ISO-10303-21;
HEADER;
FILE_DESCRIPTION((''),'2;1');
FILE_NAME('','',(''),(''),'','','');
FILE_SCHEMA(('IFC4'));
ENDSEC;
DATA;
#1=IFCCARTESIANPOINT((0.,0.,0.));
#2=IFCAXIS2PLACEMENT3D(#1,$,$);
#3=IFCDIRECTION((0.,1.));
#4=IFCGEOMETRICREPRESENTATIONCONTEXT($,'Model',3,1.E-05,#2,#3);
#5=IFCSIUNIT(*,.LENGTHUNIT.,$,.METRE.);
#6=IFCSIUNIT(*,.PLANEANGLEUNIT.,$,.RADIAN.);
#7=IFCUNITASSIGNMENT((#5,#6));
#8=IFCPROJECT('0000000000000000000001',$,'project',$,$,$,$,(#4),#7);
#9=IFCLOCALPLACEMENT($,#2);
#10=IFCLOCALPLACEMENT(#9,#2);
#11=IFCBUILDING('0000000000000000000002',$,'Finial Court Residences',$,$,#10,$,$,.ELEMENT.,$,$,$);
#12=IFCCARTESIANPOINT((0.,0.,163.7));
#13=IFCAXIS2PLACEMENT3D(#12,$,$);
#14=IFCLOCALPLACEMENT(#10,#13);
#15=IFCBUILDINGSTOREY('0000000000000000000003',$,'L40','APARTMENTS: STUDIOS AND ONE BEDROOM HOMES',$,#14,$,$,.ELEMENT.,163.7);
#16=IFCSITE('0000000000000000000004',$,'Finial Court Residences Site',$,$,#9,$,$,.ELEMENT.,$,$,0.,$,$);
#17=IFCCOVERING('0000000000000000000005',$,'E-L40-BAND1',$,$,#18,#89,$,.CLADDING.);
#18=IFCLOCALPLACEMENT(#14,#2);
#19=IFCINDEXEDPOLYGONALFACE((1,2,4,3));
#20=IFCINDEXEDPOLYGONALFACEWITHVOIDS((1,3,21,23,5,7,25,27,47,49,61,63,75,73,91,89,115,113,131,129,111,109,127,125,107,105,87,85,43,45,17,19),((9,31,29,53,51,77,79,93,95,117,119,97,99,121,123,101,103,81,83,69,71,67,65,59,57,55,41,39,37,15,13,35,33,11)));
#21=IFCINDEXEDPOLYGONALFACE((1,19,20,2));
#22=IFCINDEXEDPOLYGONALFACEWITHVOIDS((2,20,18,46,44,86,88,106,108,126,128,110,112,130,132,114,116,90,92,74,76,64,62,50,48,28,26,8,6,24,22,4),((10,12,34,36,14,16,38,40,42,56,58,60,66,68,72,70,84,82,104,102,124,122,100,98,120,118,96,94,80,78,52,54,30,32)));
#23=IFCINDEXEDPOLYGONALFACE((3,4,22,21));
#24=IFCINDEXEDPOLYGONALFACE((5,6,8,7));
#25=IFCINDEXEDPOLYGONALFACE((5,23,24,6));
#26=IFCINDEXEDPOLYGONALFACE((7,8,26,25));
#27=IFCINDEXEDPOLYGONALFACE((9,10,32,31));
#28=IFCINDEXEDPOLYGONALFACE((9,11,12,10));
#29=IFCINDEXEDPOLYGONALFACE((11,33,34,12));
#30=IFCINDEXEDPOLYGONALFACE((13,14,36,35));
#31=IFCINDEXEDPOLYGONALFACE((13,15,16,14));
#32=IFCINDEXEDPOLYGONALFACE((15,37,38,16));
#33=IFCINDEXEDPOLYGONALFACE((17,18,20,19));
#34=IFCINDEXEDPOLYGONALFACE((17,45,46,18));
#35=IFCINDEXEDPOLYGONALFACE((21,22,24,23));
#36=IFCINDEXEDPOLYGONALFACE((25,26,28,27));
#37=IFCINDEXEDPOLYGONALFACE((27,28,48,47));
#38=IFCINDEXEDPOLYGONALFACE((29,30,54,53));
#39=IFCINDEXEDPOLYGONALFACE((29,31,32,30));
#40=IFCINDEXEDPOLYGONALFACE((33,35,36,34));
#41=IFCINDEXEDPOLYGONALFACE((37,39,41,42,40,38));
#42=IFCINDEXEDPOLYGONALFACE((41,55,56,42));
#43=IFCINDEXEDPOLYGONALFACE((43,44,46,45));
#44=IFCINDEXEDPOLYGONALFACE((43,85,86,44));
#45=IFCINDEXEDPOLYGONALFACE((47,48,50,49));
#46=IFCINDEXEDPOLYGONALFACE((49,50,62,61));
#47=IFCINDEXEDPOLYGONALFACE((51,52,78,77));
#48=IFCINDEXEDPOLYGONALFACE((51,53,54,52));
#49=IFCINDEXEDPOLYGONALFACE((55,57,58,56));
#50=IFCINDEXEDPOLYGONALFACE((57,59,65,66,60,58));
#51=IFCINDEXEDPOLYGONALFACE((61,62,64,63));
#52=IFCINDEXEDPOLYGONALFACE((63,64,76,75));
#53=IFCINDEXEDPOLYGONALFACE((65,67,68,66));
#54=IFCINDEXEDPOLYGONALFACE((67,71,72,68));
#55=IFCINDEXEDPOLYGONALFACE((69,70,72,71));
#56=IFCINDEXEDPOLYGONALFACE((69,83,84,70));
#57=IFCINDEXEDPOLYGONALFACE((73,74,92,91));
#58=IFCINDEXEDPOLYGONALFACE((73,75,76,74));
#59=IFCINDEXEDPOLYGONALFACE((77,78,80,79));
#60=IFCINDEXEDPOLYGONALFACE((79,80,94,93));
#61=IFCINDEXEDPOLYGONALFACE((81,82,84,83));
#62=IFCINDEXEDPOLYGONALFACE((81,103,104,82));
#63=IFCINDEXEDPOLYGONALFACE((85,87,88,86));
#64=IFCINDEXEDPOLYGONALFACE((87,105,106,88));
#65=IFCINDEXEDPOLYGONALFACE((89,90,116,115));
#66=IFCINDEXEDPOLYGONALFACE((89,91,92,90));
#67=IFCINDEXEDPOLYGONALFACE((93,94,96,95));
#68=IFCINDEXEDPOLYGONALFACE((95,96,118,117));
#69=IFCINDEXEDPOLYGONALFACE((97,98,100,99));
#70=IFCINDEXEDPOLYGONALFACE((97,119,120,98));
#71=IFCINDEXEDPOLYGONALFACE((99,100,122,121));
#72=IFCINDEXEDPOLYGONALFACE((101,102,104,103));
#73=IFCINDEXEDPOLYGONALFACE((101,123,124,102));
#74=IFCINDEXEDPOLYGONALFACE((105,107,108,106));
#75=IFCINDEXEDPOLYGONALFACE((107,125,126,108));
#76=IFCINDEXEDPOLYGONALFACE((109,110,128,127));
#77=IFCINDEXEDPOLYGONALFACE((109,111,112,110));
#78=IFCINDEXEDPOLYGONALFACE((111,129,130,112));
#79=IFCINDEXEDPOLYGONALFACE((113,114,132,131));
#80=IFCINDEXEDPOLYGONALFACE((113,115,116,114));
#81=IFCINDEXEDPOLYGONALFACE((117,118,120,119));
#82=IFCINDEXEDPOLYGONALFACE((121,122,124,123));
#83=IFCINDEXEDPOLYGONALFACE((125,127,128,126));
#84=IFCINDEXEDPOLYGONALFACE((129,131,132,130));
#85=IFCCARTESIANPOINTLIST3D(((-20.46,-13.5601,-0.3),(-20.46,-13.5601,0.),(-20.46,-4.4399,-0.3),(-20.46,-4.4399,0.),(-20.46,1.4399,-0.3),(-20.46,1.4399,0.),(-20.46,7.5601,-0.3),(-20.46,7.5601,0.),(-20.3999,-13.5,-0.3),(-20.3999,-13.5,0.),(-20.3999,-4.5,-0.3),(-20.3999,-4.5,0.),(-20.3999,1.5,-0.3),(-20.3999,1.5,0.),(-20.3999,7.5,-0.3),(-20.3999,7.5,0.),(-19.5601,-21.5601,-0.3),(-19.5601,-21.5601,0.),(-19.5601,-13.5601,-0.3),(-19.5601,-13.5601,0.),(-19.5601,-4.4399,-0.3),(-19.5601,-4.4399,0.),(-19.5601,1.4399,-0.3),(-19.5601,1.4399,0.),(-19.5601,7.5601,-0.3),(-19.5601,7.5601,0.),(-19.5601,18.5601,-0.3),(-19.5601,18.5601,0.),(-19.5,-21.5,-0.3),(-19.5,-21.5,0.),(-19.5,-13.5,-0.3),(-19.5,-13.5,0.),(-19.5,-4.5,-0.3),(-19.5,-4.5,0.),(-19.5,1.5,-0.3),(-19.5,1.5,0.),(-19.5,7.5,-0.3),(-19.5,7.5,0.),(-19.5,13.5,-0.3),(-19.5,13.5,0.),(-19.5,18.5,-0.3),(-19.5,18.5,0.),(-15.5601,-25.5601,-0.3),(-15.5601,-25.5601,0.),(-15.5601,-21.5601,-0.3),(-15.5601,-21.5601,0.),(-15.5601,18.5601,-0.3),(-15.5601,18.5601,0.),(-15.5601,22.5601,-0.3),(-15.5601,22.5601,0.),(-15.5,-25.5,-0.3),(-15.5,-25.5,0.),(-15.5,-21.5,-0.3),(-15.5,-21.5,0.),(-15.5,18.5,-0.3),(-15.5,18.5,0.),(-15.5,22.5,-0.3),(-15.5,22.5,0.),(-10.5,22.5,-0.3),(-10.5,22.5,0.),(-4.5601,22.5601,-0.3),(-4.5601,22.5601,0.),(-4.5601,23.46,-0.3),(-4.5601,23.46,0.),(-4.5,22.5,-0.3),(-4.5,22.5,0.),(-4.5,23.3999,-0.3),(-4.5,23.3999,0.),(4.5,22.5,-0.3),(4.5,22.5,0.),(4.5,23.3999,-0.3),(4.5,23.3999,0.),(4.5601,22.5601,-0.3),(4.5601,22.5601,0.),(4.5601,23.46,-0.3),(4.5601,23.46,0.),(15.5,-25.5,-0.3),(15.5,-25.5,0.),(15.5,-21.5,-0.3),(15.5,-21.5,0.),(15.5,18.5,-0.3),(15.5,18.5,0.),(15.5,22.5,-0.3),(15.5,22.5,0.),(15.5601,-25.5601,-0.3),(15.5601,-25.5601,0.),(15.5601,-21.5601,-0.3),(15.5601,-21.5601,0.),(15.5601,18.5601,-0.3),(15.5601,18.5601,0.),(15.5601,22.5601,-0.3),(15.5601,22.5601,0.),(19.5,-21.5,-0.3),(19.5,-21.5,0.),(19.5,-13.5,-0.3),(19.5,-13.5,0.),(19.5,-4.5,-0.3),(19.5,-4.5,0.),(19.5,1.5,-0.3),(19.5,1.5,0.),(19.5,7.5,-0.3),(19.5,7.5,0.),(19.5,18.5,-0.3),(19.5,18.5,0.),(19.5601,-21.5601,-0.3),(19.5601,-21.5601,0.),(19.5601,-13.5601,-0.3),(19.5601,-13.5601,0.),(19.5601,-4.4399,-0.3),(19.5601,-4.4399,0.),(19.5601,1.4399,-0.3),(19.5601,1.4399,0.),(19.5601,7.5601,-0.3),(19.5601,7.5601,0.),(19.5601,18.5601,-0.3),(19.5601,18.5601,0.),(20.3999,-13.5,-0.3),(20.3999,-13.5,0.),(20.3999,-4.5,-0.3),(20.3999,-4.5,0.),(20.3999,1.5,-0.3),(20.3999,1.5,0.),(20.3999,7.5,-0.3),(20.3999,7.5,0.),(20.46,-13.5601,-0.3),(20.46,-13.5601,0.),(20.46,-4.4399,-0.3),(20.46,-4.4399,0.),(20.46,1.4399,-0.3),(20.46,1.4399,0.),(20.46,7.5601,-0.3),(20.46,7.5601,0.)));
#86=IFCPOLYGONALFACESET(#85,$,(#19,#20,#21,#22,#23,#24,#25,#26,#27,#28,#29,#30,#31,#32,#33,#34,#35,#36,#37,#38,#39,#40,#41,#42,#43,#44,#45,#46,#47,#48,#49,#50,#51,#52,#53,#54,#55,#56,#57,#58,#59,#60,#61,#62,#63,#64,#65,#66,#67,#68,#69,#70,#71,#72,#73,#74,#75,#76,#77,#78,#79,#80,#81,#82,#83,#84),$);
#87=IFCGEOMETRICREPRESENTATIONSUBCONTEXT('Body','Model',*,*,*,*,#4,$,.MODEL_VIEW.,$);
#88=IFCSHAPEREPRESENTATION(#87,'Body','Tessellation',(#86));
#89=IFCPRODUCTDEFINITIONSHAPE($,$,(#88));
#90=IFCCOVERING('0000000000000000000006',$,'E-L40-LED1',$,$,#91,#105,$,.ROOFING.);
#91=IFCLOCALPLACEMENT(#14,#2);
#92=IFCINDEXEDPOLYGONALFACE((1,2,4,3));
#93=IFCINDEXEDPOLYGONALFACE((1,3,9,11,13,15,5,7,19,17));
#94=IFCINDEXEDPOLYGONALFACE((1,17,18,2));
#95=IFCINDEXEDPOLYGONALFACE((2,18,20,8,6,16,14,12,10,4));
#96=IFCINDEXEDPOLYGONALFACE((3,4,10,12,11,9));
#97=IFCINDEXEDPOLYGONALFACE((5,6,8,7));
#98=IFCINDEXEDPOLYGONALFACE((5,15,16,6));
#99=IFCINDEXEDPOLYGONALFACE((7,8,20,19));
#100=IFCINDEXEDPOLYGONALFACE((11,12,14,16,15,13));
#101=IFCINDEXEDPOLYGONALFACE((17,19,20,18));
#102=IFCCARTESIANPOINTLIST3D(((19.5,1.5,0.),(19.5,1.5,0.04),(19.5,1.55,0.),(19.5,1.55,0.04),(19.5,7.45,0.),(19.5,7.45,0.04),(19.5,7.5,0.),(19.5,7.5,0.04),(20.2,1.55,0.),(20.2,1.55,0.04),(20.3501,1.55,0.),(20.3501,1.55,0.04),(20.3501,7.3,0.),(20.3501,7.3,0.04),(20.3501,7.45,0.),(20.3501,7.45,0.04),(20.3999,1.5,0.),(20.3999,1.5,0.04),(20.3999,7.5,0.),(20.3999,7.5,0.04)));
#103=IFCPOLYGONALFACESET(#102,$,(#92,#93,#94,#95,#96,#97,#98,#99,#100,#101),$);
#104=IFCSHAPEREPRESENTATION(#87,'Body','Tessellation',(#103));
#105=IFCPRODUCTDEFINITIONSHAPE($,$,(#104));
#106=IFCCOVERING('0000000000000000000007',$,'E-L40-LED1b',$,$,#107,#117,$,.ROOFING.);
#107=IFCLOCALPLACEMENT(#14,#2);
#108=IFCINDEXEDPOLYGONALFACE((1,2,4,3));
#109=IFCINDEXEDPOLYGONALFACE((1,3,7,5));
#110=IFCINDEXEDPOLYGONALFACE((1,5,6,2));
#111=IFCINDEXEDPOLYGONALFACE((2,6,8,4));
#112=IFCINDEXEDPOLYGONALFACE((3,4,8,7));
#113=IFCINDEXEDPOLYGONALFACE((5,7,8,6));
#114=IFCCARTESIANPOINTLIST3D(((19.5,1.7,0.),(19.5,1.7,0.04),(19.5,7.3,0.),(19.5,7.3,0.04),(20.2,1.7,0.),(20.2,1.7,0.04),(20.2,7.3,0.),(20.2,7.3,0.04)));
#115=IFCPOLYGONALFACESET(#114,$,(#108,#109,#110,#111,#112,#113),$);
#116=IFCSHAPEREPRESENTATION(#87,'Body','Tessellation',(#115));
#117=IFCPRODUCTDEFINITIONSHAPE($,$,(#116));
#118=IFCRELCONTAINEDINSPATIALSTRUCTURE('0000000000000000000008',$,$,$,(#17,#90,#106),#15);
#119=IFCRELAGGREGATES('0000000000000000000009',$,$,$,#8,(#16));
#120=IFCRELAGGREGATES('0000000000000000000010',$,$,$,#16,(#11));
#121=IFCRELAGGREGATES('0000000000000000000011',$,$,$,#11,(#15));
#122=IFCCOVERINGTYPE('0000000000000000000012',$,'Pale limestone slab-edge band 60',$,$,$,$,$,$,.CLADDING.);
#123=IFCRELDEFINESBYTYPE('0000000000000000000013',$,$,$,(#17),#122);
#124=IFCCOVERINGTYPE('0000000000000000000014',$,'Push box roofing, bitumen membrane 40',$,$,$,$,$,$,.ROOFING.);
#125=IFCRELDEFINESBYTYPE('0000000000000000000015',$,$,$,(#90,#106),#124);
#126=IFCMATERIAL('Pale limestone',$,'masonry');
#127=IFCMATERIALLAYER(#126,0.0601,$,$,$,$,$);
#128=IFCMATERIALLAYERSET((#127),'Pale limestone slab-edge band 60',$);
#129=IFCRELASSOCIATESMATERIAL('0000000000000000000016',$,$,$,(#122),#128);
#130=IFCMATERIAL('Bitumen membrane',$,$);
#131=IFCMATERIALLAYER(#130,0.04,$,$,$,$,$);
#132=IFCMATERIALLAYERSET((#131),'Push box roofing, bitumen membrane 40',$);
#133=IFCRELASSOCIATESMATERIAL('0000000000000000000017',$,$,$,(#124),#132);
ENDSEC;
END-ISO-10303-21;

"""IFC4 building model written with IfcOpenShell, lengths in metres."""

from ifc_helpers import new_model, si_unit, direction, frame, origin, place, context, subcontext, project, spatial, polyline, outline, extrude, material, layer, layer_set, type_object, element, save


model = new_model("IFC4")

# Units and contexts
model_context = context("Model", 3, precision=1e-05, world=origin(), true_north=direction((0.0, 1.0)))
body_context = subcontext(model_context, "Body", "Model", "MODEL_VIEW")
ifc_project = project(units=[si_unit("LENGTHUNIT", "METRE"), si_unit("PLANEANGLEUNIT", "RADIAN")], contexts=[model_context])

# Site, building, storey
site_placement = place(None, origin())
site = spatial("IfcSite", under=ifc_project, at=site_placement, Name="Finial Court Residences Site", CompositionType="ELEMENT", RefElevation=0.0)
building_placement = place(site_placement, origin())
building = spatial("IfcBuilding", under=site, at=building_placement, Name="Finial Court Residences", CompositionType="ELEMENT")
storey_placement = place(building_placement, frame((0.0, 0.0, 163.7)))
storey = spatial("IfcBuildingStorey", under=building, at=storey_placement, Name="L40", Description="APARTMENTS: STUDIOS AND ONE BEDROOM HOMES", CompositionType="ELEMENT", Elevation=163.7)

# Coverings
ifc_material_1 = material(Name="Pale limestone", Category="masonry")
ifc_layer_1 = layer(ifc_material_1, 0.0601)
ifc_layer_set_1 = layer_set([ifc_layer_1], Name="Pale limestone slab-edge band 60")
covering_type_1 = type_object("IfcCoveringType", Name="Pale limestone slab-edge band 60", PredefinedType="CLADDING", material=ifc_layer_set_1)
covering_1_placement = place(storey_placement, frame((0.0, 0.0, -0.3)))
element("IfcCovering", 1, at=covering_1_placement, inside=storey, type_object=covering_type_1, Name="E-L40-BAND1", PredefinedType="CLADDING", context=body_context, shape_type="SweptSolid", body=[
    extrude(outline(polyline([(20.46, -13.5601), (19.5601, -13.5601), (19.5601, -21.5601), (15.5601, -21.5601), (15.5601, -25.5601), (-15.5601, -25.5601), (-15.5601, -21.5601), (-19.5601, -21.5601), (-19.5601, -13.5601), (-20.46, -13.5601), (-20.46, -4.4399), (-19.5601, -4.4399), (-19.5601, 1.4399), (-20.46, 1.4399), (-20.46, 7.5601), (-19.5601, 7.5601), (-19.5601, 18.5601), (-15.5601, 18.5601), (-15.5601, 22.5601), (-4.5601, 22.5601), (-4.5601, 23.46), (4.5601, 23.46), (4.5601, 22.5601), (15.5601, 22.5601), (15.5601, 18.5601), (19.5601, 18.5601), (19.5601, 7.5601), (20.46, 7.5601), (20.46, 1.4399), (19.5601, 1.4399), (19.5601, -4.4399), (20.46, -4.4399), (20.46, -13.5601)]), holes=[polyline([(19.5, -4.5), (19.5, 1.5), (20.3999, 1.5), (20.3999, 7.5), (19.5, 7.5), (19.5, 18.5), (15.5, 18.5), (15.5, 22.5), (4.5, 22.5), (4.5, 23.3999), (-4.5, 23.3999), (-4.5, 22.5), (-10.5, 22.5), (-15.5, 22.5), (-15.5, 18.5), (-19.5, 18.5), (-19.5, 13.5), (-19.5, 7.5), (-20.3999, 7.5), (-20.3999, 1.5), (-19.5, 1.5), (-19.5, -4.5), (-20.3999, -4.5), (-20.3999, -13.5), (-19.5, -13.5), (-19.5, -21.5), (-15.5, -21.5), (-15.5, -25.5), (15.5, -25.5), (15.5, -21.5), (19.5, -21.5), (19.5, -13.5), (20.3999, -13.5), (20.3999, -4.5), (19.5, -4.5)])]), origin(), (0.0, 0.0, 1.0), 0.3),
])
ifc_material_2 = material(Name="Bitumen membrane")
ifc_layer_2 = layer(ifc_material_2, 0.04)
ifc_layer_set_2 = layer_set([ifc_layer_2], Name="Push box roofing, bitumen membrane 40")
covering_type_2 = type_object("IfcCoveringType", Name="Push box roofing, bitumen membrane 40", PredefinedType="ROOFING", material=ifc_layer_set_2)
covering_2_placement = place(storey_placement, origin())
element("IfcCovering", 2, at=covering_2_placement, inside=storey, type_object=covering_type_2, Name="E-L40-LED1", PredefinedType="ROOFING", context=body_context, shape_type="SweptSolid", body=[
    extrude(outline(polyline([(19.5, 1.55), (20.2, 1.55), (20.3501, 1.55), (20.3501, 7.3), (20.3501, 7.3), (20.3501, 7.45), (19.5, 7.45), (19.5, 7.5), (20.3999, 7.5), (20.3999, 1.5), (19.5, 1.5), (19.5, 1.55)])), origin(), (0.0, 0.0, 1.0), 0.04),
])
covering_3_placement = place(storey_placement, origin())
element("IfcCovering", 3, at=covering_3_placement, inside=storey, type_object=covering_type_2, Name="E-L40-LED1b", PredefinedType="ROOFING", context=body_context, shape_type="SweptSolid", body=[
    extrude(outline(polyline([(19.5, 7.3), (20.2, 7.3), (20.2, 1.7), (19.5, 1.7), (19.5, 7.3)])), origin(), (0.0, 0.0, 1.0), 0.04),
])

save(model, "model.ifc")
